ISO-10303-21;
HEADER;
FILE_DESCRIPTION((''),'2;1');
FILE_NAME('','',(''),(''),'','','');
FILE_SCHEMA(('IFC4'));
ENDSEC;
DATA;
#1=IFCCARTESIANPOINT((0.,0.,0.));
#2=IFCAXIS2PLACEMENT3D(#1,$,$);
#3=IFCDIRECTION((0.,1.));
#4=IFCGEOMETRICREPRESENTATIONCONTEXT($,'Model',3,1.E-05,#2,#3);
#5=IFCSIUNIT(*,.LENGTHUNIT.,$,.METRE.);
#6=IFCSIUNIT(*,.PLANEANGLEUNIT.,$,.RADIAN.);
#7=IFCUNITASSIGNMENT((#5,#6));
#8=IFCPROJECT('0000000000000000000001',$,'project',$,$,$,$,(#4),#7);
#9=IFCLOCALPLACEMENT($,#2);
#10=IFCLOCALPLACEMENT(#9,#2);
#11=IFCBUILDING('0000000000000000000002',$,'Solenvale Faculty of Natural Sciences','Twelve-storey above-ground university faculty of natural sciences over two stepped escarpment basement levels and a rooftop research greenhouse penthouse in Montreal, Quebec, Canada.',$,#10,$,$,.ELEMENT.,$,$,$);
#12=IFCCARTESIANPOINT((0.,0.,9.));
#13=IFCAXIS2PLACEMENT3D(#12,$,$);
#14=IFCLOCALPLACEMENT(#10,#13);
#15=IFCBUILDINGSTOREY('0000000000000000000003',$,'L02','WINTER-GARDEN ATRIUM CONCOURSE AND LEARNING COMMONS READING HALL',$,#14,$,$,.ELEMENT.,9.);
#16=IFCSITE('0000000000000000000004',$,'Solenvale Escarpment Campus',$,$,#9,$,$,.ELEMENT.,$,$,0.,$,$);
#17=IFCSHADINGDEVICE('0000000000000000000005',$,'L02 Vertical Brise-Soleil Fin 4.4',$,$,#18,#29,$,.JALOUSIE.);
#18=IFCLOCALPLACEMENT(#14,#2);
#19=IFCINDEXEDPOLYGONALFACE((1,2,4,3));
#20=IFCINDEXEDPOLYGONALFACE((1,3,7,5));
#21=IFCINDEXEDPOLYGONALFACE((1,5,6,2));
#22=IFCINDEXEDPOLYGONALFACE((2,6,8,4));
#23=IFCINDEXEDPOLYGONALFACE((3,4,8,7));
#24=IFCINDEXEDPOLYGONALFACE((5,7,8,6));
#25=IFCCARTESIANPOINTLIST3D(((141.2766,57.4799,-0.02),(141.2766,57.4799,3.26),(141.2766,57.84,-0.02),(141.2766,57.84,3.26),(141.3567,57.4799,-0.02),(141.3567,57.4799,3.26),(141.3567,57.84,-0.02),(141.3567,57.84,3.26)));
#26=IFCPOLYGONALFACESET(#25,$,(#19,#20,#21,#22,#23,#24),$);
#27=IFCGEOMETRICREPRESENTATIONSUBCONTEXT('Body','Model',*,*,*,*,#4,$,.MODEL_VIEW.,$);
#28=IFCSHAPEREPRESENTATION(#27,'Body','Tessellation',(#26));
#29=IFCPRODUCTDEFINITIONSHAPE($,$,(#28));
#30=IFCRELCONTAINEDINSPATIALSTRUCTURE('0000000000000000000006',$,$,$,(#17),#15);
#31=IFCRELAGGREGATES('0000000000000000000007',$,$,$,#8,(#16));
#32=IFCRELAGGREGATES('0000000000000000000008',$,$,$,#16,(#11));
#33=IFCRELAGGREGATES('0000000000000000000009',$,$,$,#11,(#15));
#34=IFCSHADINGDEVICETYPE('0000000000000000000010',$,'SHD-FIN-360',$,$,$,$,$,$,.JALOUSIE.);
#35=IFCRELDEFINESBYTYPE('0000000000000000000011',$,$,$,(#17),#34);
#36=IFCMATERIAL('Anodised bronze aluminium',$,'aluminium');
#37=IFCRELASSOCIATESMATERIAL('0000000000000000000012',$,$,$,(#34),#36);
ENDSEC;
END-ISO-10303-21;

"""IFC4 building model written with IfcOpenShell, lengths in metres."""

from ifc_helpers import new_model, si_unit, direction, frame, origin, origin_2d, place, context, subcontext, project, spatial, rectangle, extrude, material, material_profile, profile_set, type_object, element, save


model = new_model("IFC4")

# Units and contexts
model_context = context("Model", 3, precision=1e-05, world=origin(), true_north=direction((0.0, 1.0)))
body_context = subcontext(model_context, "Body", "Model", "MODEL_VIEW")
ifc_project = project(units=[si_unit("LENGTHUNIT", "METRE"), si_unit("PLANEANGLEUNIT", "RADIAN")], contexts=[model_context])

# Site, building, storey
site_placement = place(None, origin())
site = spatial("IfcSite", under=ifc_project, at=site_placement, Name="Solenvale Escarpment Campus", CompositionType="ELEMENT", RefElevation=0.0)
building_placement = place(site_placement, origin())
building = spatial("IfcBuilding", under=site, at=building_placement, Name="Solenvale Faculty of Natural Sciences", Description="Twelve-storey above-ground university faculty of natural sciences over two stepped escarpment basement levels and a rooftop research greenhouse penthouse in Montreal, Quebec, Canada.", CompositionType="ELEMENT")
storey_placement = place(building_placement, frame((0.0, 0.0, 9.0)))
storey = spatial("IfcBuildingStorey", under=building, at=storey_placement, Name="L02", Description="WINTER-GARDEN ATRIUM CONCOURSE AND LEARNING COMMONS READING HALL", CompositionType="ELEMENT", Elevation=9.0)

# Shared definitions
ifc_material_1 = material(Name="Anodised bronze aluminium", Category="aluminium")

# Shading device
ifc_material_profile_1 = material_profile(ifc_material_1, rectangle(XDim=0.0801, YDim=0.3601, at=origin_2d()), Name="ALU-FIN-80x360")
ifc_profile_set_1 = profile_set([ifc_material_profile_1], Name="Anodised bronze aluminium")
shading_device_type = type_object("IfcShadingDeviceType", Name="SHD-FIN-360", PredefinedType="JALOUSIE", material=ifc_profile_set_1)
shading_device_placement = place(storey_placement, frame((141.3167, 57.6599, -0.02), z_axis=(0.0, 0.0, 1.0), x_axis=(1.0, 0.0, 0.0)))
element("IfcShadingDevice", 1, at=shading_device_placement, inside=storey, type_object=shading_device_type, Name="L02 Vertical Brise-Soleil Fin 4.4", PredefinedType="JALOUSIE", context=body_context, shape_type="SweptSolid", body=[
    extrude(rectangle(XDim=0.0801, YDim=0.3601, at=origin_2d()), origin(), (0.0, 0.0, 1.0), 3.28),
])

save(model, "model.ifc")
